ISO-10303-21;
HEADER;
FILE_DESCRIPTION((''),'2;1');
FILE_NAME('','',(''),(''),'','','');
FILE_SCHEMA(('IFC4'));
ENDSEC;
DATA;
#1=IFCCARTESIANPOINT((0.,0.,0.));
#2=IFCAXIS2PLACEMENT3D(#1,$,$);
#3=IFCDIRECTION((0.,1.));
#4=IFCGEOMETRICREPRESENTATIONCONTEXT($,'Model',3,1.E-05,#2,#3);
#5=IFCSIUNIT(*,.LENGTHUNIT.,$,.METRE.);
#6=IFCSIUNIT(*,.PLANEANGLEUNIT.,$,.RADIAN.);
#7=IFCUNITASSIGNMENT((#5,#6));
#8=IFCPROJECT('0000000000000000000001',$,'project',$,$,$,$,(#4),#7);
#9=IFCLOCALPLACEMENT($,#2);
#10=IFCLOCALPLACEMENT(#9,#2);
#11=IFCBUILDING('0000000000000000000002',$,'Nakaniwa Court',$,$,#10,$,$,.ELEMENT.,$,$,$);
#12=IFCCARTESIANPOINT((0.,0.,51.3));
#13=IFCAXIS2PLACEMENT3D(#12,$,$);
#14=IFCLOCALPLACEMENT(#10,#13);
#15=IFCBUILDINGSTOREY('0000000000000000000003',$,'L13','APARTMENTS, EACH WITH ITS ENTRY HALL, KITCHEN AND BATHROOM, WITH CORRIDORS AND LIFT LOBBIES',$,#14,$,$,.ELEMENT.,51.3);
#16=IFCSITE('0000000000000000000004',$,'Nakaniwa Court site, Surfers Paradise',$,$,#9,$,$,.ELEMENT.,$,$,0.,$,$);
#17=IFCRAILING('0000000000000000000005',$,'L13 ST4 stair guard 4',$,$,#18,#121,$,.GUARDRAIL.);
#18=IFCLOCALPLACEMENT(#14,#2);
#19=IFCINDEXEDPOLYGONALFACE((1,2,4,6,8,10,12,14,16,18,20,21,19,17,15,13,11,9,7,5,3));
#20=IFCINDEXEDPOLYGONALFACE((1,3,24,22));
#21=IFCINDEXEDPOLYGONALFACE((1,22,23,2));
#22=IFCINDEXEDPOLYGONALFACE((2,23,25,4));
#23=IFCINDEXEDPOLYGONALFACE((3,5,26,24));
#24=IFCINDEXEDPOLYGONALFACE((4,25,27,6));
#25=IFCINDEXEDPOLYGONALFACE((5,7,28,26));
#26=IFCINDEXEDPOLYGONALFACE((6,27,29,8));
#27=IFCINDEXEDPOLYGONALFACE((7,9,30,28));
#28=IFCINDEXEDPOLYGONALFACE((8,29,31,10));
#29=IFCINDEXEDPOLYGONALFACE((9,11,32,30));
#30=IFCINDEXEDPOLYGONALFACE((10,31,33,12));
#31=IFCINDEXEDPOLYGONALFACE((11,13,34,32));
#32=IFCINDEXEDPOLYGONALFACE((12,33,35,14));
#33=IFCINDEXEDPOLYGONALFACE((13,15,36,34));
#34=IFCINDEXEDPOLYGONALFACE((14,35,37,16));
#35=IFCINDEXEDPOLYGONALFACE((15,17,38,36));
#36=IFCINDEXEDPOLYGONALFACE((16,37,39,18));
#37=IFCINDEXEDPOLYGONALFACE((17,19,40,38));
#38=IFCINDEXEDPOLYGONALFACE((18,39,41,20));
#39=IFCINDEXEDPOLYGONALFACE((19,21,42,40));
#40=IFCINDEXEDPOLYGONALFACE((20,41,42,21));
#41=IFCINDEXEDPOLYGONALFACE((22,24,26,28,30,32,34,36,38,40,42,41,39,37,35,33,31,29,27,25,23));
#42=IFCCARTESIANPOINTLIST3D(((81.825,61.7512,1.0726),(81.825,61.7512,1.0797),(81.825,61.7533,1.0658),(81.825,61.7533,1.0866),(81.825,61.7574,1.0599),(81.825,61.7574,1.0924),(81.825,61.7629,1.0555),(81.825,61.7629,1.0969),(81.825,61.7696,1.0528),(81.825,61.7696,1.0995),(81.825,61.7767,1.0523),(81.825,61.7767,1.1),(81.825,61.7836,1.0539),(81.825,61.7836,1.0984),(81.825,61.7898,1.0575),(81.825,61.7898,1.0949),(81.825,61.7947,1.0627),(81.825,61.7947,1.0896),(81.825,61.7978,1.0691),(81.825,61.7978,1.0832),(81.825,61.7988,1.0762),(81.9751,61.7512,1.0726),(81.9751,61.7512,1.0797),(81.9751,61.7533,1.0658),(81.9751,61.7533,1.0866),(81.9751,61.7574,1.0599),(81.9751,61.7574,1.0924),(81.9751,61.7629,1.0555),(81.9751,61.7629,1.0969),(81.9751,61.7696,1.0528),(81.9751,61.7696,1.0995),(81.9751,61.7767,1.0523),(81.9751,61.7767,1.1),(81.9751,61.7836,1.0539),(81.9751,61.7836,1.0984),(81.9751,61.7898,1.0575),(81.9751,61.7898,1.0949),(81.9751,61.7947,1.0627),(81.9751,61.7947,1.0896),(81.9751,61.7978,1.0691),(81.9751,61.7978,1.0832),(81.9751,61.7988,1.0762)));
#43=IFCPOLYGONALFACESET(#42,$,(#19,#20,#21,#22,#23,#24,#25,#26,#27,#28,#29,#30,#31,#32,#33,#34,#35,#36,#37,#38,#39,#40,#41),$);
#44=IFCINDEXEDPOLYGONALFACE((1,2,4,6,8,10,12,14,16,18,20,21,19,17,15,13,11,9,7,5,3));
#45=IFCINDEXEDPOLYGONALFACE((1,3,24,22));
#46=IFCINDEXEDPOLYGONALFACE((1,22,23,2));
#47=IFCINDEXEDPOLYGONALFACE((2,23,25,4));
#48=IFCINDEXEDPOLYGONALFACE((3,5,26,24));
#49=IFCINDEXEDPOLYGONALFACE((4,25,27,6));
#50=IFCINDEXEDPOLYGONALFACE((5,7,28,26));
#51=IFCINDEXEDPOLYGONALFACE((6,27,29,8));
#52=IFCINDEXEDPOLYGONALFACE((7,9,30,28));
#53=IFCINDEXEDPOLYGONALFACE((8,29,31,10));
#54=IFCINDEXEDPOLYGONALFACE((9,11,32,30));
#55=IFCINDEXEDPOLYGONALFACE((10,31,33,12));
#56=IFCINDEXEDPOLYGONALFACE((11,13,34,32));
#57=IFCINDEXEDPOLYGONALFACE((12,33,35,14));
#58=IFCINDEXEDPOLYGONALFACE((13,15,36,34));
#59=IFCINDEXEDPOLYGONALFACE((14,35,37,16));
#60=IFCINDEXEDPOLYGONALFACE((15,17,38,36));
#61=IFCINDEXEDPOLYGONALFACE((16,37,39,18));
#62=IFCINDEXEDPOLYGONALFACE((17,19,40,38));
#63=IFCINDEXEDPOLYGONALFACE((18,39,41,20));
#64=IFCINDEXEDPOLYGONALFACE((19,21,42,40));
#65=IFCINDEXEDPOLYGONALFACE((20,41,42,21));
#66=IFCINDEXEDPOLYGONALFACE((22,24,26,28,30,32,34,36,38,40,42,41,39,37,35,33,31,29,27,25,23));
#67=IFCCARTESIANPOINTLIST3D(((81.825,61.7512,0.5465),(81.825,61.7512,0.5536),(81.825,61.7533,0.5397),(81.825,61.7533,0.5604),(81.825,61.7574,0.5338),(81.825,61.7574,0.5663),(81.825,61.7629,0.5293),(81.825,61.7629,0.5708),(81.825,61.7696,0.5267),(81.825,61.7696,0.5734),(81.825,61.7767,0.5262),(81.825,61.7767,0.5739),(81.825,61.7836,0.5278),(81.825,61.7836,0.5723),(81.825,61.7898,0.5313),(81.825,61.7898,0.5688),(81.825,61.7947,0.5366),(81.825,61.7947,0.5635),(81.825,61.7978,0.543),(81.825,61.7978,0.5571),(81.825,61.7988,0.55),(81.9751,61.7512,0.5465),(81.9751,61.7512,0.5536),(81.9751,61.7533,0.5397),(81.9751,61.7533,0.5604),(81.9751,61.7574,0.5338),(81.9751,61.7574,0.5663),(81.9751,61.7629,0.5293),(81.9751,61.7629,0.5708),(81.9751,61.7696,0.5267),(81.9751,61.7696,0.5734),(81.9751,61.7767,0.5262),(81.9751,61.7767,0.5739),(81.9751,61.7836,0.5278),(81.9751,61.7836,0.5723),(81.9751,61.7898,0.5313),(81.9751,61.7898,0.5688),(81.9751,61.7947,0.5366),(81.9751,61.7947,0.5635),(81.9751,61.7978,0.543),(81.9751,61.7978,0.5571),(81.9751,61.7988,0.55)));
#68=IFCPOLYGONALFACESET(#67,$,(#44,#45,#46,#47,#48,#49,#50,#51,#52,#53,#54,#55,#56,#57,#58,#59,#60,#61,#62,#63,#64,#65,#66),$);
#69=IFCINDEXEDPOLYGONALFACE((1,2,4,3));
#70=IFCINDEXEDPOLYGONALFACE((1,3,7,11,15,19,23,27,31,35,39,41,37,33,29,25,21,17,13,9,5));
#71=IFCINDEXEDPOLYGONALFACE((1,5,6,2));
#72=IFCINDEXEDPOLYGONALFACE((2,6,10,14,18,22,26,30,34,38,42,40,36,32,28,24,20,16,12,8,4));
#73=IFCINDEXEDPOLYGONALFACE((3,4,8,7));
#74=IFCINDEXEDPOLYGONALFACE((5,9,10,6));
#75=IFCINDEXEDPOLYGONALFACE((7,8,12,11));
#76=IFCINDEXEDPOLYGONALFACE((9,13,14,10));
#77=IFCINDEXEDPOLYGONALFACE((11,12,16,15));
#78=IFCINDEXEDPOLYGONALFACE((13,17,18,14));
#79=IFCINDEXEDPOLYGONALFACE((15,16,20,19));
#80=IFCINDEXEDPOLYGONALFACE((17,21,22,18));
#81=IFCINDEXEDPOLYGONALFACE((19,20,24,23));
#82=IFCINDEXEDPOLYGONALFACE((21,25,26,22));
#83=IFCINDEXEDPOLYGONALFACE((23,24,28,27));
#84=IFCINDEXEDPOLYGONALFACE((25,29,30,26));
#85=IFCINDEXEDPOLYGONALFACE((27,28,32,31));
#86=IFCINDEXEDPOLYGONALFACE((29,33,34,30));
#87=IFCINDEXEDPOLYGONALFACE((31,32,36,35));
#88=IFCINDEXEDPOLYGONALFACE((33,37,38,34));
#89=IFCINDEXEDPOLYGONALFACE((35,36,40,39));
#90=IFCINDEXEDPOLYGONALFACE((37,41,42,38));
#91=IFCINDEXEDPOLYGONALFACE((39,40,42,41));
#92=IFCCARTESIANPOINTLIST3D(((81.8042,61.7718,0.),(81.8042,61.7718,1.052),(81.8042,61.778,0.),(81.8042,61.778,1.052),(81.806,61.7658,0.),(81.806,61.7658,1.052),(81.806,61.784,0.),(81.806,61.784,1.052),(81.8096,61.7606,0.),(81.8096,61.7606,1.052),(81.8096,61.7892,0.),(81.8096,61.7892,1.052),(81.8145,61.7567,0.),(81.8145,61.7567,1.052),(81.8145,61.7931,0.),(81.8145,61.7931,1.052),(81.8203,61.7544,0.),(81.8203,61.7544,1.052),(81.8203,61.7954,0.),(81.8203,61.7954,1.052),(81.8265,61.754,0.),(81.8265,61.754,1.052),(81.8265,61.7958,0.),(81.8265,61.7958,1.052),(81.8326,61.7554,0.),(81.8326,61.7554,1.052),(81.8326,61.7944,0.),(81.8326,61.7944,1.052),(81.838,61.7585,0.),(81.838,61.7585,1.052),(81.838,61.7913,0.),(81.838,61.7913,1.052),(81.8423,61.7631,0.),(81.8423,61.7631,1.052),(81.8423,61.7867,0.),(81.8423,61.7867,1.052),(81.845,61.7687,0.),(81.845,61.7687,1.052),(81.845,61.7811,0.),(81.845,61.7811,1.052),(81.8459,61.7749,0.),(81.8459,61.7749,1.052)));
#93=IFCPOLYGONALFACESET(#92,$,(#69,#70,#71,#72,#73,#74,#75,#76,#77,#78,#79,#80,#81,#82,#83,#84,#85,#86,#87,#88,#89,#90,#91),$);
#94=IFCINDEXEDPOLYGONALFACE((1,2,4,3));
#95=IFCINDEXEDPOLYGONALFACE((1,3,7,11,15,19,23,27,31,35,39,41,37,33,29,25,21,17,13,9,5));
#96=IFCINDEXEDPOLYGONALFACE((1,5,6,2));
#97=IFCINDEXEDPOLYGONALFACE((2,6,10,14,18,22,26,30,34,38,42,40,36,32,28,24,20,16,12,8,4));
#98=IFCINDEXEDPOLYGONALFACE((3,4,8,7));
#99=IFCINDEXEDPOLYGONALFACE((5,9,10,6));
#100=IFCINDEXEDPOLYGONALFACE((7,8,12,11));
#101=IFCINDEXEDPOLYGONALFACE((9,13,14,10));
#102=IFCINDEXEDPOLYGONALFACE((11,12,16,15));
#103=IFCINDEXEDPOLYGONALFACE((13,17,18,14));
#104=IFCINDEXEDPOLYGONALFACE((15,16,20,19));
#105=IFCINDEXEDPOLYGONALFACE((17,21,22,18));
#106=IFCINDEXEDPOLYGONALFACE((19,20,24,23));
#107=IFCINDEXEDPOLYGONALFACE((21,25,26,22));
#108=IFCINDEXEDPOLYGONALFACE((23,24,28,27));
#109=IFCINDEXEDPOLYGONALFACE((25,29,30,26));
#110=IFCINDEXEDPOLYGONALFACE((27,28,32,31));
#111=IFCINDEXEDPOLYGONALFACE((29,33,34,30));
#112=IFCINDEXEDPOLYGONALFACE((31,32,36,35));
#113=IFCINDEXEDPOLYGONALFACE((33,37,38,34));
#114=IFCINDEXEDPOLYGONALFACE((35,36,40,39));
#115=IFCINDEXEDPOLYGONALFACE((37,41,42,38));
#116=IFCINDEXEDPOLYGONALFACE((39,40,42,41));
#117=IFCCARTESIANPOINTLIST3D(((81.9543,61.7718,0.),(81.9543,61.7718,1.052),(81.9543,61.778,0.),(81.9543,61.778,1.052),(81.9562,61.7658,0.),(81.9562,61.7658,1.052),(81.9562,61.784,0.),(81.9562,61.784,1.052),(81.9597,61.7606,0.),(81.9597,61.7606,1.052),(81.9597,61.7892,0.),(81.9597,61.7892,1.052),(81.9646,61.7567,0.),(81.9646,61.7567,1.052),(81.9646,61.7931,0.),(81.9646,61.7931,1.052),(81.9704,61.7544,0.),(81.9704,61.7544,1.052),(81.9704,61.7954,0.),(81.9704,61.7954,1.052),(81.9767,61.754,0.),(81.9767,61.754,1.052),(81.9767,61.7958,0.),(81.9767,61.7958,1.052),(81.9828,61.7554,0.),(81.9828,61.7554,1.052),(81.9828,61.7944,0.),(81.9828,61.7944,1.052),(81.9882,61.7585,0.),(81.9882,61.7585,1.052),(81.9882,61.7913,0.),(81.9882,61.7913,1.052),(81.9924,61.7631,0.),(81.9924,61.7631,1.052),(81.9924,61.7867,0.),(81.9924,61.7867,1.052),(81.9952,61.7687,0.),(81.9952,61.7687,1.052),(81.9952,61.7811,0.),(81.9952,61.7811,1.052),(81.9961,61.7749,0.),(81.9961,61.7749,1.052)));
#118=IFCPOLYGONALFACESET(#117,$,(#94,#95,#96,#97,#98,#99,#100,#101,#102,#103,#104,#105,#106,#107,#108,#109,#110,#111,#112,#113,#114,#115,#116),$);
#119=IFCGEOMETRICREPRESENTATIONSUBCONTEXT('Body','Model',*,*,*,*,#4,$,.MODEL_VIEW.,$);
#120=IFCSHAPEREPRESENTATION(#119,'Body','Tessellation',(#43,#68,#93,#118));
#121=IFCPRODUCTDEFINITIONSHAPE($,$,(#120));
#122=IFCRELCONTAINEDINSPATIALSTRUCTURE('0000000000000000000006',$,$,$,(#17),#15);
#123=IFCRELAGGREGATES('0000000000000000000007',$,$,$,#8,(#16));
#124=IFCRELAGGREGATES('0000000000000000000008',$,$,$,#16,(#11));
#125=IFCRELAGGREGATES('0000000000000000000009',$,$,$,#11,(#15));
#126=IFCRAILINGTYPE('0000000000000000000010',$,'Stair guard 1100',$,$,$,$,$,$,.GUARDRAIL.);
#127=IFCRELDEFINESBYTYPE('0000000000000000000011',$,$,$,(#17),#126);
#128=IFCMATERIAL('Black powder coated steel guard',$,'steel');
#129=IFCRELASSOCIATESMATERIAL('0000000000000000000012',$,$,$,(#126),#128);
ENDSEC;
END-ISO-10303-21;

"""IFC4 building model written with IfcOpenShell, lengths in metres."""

from ifc_helpers import new_model, si_unit, direction, frame, origin, origin_2d, place, context, subcontext, project, spatial, circle, extrude, material, type_object, element, save


model = new_model("IFC4")

# Units and contexts
model_context = context("Model", 3, precision=1e-05, world=origin(), true_north=direction((0.0, 1.0)))
body_context = subcontext(model_context, "Body", "Model", "MODEL_VIEW")
ifc_project = project(units=[si_unit("LENGTHUNIT", "METRE"), si_unit("PLANEANGLEUNIT", "RADIAN")], contexts=[model_context])

# Site, building, storey
site_placement = place(None, origin())
site = spatial("IfcSite", under=ifc_project, at=site_placement, Name="Nakaniwa Court site, Surfers Paradise", CompositionType="ELEMENT", RefElevation=0.0)
building_placement = place(site_placement, origin())
building = spatial("IfcBuilding", under=site, at=building_placement, Name="Nakaniwa Court", CompositionType="ELEMENT")
storey_placement = place(building_placement, frame((0.0, 0.0, 51.3)))
storey = spatial("IfcBuildingStorey", under=building, at=storey_placement, Name="L13", Description="APARTMENTS, EACH WITH ITS ENTRY HALL, KITCHEN AND BATHROOM, WITH CORRIDORS AND LIFT LOBBIES", CompositionType="ELEMENT", Elevation=51.3)

# Railing
ifc_material_1 = material(Name="Black powder coated steel guard", Category="steel")
railing_type_1 = type_object("IfcRailingType", Name="Stair guard 1100", PredefinedType="GUARDRAIL", material=ifc_material_1)
railing_1_placement = place(storey_placement, frame((81.825, 61.7749, 0.0)))
element("IfcRailing", 1, at=railing_1_placement, inside=storey, type_object=railing_type_1, Name="L13 ST4 stair guard 4", PredefinedType="GUARDRAIL", context=body_context, shape_type="SweptSolid", body=[
    extrude(circle(Radius=0.0239, at=origin_2d()), frame((0.0, 0.0, 1.0762), z_axis=(1.0, 0.0, 0.0), x_axis=(0.0, 1.0, 0.0)), (0.0, 0.0, 1.0), 0.1501),
    extrude(circle(Radius=0.0239, at=origin_2d()), frame((0.0, 0.0, 0.55), z_axis=(1.0, 0.0, 0.0), x_axis=(0.0, 1.0, 0.0)), (0.0, 0.0, 1.0), 0.1501),
    extrude(circle(Radius=0.021, at=origin_2d()), origin(), (0.0, 0.0, 1.0), 1.052),
    extrude(circle(Radius=0.021, at=origin_2d()), frame((0.1501, 0.0, 0.0)), (0.0, 0.0, 1.0), 1.052),
])

save(model, "model.ifc")
